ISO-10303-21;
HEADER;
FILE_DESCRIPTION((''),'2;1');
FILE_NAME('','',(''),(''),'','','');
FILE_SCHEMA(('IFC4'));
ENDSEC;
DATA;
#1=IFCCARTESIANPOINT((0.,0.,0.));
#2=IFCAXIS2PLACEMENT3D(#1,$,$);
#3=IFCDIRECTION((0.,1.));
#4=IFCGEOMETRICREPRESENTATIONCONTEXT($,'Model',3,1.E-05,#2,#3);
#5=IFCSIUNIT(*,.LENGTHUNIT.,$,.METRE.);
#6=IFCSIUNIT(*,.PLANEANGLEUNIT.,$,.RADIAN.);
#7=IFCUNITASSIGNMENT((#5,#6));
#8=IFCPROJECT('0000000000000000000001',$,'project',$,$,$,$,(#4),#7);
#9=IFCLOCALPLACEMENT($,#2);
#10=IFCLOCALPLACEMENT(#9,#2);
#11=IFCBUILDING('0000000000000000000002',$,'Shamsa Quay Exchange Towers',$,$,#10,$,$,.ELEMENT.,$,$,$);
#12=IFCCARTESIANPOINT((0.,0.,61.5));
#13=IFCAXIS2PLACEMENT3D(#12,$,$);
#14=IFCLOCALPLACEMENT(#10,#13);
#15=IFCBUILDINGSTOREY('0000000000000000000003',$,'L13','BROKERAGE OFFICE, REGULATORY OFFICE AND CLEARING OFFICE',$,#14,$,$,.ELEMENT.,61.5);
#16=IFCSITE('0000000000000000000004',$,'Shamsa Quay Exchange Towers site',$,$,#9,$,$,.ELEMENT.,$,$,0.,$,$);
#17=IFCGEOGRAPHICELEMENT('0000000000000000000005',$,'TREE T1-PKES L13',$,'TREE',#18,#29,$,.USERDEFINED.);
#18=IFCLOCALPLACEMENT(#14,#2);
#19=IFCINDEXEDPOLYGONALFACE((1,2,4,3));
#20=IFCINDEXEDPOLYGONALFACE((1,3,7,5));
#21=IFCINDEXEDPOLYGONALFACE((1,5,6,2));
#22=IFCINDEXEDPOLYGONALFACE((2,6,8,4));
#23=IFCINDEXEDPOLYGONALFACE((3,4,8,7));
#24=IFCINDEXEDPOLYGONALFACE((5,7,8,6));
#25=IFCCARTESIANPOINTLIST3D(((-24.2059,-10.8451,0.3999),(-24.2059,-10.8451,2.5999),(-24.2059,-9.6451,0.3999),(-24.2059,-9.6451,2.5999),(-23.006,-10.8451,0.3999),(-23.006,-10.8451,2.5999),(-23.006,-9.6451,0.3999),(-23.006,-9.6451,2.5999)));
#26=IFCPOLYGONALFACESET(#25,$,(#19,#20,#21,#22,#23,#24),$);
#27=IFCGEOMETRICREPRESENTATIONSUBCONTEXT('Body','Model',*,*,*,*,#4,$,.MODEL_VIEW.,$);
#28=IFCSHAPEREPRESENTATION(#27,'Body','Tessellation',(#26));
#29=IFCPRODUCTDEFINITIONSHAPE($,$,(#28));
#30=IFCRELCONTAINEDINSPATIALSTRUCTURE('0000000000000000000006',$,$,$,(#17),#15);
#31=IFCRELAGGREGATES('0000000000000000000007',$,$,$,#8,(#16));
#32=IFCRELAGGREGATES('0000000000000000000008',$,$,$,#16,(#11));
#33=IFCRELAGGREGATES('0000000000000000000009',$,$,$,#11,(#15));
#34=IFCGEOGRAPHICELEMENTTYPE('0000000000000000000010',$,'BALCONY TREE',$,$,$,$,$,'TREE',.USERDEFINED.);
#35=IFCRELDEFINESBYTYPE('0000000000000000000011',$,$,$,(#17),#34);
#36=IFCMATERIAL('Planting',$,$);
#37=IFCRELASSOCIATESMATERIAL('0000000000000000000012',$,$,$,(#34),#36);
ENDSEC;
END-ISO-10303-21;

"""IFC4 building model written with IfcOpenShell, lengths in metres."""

from ifc_helpers import new_model, si_unit, direction, frame, origin, origin_2d, place, context, subcontext, project, spatial, rectangle, extrude, material, type_object, element, save


model = new_model("IFC4")

# Units and contexts
model_context = context("Model", 3, precision=1e-05, world=origin(), true_north=direction((0.0, 1.0)))
body_context = subcontext(model_context, "Body", "Model", "MODEL_VIEW")
ifc_project = project(units=[si_unit("LENGTHUNIT", "METRE"), si_unit("PLANEANGLEUNIT", "RADIAN")], contexts=[model_context])

# Site, building, storey
site_placement = place(None, origin())
site = spatial("IfcSite", under=ifc_project, at=site_placement, Name="Shamsa Quay Exchange Towers site", CompositionType="ELEMENT", RefElevation=0.0)
building_placement = place(site_placement, origin())
building = spatial("IfcBuilding", under=site, at=building_placement, Name="Shamsa Quay Exchange Towers", CompositionType="ELEMENT")
storey_placement = place(building_placement, frame((0.0, 0.0, 61.5)))
storey = spatial("IfcBuildingStorey", under=building, at=storey_placement, Name="L13", Description="BROKERAGE OFFICE, REGULATORY OFFICE AND CLEARING OFFICE", CompositionType="ELEMENT", Elevation=61.5)

# Geographic element
ifc_material_1 = material(Name="Planting")
geographic_element_type = type_object("IfcGeographicElementType", Name="BALCONY TREE", ElementType="TREE", PredefinedType="USERDEFINED", material=ifc_material_1)
geographic_element_placement = place(storey_placement, frame((-23.606, -10.2451, 0.3999)))
element("IfcGeographicElement", 1, at=geographic_element_placement, inside=storey, type_object=geographic_element_type, Name="TREE T1-PKES L13", ObjectType="TREE", PredefinedType="USERDEFINED", context=body_context, shape_type="SweptSolid", body=[
    extrude(rectangle(XDim=1.2, YDim=1.2, at=origin_2d()), origin(), (0.0, 0.0, 1.0), 2.2),
])

save(model, "model.ifc")
